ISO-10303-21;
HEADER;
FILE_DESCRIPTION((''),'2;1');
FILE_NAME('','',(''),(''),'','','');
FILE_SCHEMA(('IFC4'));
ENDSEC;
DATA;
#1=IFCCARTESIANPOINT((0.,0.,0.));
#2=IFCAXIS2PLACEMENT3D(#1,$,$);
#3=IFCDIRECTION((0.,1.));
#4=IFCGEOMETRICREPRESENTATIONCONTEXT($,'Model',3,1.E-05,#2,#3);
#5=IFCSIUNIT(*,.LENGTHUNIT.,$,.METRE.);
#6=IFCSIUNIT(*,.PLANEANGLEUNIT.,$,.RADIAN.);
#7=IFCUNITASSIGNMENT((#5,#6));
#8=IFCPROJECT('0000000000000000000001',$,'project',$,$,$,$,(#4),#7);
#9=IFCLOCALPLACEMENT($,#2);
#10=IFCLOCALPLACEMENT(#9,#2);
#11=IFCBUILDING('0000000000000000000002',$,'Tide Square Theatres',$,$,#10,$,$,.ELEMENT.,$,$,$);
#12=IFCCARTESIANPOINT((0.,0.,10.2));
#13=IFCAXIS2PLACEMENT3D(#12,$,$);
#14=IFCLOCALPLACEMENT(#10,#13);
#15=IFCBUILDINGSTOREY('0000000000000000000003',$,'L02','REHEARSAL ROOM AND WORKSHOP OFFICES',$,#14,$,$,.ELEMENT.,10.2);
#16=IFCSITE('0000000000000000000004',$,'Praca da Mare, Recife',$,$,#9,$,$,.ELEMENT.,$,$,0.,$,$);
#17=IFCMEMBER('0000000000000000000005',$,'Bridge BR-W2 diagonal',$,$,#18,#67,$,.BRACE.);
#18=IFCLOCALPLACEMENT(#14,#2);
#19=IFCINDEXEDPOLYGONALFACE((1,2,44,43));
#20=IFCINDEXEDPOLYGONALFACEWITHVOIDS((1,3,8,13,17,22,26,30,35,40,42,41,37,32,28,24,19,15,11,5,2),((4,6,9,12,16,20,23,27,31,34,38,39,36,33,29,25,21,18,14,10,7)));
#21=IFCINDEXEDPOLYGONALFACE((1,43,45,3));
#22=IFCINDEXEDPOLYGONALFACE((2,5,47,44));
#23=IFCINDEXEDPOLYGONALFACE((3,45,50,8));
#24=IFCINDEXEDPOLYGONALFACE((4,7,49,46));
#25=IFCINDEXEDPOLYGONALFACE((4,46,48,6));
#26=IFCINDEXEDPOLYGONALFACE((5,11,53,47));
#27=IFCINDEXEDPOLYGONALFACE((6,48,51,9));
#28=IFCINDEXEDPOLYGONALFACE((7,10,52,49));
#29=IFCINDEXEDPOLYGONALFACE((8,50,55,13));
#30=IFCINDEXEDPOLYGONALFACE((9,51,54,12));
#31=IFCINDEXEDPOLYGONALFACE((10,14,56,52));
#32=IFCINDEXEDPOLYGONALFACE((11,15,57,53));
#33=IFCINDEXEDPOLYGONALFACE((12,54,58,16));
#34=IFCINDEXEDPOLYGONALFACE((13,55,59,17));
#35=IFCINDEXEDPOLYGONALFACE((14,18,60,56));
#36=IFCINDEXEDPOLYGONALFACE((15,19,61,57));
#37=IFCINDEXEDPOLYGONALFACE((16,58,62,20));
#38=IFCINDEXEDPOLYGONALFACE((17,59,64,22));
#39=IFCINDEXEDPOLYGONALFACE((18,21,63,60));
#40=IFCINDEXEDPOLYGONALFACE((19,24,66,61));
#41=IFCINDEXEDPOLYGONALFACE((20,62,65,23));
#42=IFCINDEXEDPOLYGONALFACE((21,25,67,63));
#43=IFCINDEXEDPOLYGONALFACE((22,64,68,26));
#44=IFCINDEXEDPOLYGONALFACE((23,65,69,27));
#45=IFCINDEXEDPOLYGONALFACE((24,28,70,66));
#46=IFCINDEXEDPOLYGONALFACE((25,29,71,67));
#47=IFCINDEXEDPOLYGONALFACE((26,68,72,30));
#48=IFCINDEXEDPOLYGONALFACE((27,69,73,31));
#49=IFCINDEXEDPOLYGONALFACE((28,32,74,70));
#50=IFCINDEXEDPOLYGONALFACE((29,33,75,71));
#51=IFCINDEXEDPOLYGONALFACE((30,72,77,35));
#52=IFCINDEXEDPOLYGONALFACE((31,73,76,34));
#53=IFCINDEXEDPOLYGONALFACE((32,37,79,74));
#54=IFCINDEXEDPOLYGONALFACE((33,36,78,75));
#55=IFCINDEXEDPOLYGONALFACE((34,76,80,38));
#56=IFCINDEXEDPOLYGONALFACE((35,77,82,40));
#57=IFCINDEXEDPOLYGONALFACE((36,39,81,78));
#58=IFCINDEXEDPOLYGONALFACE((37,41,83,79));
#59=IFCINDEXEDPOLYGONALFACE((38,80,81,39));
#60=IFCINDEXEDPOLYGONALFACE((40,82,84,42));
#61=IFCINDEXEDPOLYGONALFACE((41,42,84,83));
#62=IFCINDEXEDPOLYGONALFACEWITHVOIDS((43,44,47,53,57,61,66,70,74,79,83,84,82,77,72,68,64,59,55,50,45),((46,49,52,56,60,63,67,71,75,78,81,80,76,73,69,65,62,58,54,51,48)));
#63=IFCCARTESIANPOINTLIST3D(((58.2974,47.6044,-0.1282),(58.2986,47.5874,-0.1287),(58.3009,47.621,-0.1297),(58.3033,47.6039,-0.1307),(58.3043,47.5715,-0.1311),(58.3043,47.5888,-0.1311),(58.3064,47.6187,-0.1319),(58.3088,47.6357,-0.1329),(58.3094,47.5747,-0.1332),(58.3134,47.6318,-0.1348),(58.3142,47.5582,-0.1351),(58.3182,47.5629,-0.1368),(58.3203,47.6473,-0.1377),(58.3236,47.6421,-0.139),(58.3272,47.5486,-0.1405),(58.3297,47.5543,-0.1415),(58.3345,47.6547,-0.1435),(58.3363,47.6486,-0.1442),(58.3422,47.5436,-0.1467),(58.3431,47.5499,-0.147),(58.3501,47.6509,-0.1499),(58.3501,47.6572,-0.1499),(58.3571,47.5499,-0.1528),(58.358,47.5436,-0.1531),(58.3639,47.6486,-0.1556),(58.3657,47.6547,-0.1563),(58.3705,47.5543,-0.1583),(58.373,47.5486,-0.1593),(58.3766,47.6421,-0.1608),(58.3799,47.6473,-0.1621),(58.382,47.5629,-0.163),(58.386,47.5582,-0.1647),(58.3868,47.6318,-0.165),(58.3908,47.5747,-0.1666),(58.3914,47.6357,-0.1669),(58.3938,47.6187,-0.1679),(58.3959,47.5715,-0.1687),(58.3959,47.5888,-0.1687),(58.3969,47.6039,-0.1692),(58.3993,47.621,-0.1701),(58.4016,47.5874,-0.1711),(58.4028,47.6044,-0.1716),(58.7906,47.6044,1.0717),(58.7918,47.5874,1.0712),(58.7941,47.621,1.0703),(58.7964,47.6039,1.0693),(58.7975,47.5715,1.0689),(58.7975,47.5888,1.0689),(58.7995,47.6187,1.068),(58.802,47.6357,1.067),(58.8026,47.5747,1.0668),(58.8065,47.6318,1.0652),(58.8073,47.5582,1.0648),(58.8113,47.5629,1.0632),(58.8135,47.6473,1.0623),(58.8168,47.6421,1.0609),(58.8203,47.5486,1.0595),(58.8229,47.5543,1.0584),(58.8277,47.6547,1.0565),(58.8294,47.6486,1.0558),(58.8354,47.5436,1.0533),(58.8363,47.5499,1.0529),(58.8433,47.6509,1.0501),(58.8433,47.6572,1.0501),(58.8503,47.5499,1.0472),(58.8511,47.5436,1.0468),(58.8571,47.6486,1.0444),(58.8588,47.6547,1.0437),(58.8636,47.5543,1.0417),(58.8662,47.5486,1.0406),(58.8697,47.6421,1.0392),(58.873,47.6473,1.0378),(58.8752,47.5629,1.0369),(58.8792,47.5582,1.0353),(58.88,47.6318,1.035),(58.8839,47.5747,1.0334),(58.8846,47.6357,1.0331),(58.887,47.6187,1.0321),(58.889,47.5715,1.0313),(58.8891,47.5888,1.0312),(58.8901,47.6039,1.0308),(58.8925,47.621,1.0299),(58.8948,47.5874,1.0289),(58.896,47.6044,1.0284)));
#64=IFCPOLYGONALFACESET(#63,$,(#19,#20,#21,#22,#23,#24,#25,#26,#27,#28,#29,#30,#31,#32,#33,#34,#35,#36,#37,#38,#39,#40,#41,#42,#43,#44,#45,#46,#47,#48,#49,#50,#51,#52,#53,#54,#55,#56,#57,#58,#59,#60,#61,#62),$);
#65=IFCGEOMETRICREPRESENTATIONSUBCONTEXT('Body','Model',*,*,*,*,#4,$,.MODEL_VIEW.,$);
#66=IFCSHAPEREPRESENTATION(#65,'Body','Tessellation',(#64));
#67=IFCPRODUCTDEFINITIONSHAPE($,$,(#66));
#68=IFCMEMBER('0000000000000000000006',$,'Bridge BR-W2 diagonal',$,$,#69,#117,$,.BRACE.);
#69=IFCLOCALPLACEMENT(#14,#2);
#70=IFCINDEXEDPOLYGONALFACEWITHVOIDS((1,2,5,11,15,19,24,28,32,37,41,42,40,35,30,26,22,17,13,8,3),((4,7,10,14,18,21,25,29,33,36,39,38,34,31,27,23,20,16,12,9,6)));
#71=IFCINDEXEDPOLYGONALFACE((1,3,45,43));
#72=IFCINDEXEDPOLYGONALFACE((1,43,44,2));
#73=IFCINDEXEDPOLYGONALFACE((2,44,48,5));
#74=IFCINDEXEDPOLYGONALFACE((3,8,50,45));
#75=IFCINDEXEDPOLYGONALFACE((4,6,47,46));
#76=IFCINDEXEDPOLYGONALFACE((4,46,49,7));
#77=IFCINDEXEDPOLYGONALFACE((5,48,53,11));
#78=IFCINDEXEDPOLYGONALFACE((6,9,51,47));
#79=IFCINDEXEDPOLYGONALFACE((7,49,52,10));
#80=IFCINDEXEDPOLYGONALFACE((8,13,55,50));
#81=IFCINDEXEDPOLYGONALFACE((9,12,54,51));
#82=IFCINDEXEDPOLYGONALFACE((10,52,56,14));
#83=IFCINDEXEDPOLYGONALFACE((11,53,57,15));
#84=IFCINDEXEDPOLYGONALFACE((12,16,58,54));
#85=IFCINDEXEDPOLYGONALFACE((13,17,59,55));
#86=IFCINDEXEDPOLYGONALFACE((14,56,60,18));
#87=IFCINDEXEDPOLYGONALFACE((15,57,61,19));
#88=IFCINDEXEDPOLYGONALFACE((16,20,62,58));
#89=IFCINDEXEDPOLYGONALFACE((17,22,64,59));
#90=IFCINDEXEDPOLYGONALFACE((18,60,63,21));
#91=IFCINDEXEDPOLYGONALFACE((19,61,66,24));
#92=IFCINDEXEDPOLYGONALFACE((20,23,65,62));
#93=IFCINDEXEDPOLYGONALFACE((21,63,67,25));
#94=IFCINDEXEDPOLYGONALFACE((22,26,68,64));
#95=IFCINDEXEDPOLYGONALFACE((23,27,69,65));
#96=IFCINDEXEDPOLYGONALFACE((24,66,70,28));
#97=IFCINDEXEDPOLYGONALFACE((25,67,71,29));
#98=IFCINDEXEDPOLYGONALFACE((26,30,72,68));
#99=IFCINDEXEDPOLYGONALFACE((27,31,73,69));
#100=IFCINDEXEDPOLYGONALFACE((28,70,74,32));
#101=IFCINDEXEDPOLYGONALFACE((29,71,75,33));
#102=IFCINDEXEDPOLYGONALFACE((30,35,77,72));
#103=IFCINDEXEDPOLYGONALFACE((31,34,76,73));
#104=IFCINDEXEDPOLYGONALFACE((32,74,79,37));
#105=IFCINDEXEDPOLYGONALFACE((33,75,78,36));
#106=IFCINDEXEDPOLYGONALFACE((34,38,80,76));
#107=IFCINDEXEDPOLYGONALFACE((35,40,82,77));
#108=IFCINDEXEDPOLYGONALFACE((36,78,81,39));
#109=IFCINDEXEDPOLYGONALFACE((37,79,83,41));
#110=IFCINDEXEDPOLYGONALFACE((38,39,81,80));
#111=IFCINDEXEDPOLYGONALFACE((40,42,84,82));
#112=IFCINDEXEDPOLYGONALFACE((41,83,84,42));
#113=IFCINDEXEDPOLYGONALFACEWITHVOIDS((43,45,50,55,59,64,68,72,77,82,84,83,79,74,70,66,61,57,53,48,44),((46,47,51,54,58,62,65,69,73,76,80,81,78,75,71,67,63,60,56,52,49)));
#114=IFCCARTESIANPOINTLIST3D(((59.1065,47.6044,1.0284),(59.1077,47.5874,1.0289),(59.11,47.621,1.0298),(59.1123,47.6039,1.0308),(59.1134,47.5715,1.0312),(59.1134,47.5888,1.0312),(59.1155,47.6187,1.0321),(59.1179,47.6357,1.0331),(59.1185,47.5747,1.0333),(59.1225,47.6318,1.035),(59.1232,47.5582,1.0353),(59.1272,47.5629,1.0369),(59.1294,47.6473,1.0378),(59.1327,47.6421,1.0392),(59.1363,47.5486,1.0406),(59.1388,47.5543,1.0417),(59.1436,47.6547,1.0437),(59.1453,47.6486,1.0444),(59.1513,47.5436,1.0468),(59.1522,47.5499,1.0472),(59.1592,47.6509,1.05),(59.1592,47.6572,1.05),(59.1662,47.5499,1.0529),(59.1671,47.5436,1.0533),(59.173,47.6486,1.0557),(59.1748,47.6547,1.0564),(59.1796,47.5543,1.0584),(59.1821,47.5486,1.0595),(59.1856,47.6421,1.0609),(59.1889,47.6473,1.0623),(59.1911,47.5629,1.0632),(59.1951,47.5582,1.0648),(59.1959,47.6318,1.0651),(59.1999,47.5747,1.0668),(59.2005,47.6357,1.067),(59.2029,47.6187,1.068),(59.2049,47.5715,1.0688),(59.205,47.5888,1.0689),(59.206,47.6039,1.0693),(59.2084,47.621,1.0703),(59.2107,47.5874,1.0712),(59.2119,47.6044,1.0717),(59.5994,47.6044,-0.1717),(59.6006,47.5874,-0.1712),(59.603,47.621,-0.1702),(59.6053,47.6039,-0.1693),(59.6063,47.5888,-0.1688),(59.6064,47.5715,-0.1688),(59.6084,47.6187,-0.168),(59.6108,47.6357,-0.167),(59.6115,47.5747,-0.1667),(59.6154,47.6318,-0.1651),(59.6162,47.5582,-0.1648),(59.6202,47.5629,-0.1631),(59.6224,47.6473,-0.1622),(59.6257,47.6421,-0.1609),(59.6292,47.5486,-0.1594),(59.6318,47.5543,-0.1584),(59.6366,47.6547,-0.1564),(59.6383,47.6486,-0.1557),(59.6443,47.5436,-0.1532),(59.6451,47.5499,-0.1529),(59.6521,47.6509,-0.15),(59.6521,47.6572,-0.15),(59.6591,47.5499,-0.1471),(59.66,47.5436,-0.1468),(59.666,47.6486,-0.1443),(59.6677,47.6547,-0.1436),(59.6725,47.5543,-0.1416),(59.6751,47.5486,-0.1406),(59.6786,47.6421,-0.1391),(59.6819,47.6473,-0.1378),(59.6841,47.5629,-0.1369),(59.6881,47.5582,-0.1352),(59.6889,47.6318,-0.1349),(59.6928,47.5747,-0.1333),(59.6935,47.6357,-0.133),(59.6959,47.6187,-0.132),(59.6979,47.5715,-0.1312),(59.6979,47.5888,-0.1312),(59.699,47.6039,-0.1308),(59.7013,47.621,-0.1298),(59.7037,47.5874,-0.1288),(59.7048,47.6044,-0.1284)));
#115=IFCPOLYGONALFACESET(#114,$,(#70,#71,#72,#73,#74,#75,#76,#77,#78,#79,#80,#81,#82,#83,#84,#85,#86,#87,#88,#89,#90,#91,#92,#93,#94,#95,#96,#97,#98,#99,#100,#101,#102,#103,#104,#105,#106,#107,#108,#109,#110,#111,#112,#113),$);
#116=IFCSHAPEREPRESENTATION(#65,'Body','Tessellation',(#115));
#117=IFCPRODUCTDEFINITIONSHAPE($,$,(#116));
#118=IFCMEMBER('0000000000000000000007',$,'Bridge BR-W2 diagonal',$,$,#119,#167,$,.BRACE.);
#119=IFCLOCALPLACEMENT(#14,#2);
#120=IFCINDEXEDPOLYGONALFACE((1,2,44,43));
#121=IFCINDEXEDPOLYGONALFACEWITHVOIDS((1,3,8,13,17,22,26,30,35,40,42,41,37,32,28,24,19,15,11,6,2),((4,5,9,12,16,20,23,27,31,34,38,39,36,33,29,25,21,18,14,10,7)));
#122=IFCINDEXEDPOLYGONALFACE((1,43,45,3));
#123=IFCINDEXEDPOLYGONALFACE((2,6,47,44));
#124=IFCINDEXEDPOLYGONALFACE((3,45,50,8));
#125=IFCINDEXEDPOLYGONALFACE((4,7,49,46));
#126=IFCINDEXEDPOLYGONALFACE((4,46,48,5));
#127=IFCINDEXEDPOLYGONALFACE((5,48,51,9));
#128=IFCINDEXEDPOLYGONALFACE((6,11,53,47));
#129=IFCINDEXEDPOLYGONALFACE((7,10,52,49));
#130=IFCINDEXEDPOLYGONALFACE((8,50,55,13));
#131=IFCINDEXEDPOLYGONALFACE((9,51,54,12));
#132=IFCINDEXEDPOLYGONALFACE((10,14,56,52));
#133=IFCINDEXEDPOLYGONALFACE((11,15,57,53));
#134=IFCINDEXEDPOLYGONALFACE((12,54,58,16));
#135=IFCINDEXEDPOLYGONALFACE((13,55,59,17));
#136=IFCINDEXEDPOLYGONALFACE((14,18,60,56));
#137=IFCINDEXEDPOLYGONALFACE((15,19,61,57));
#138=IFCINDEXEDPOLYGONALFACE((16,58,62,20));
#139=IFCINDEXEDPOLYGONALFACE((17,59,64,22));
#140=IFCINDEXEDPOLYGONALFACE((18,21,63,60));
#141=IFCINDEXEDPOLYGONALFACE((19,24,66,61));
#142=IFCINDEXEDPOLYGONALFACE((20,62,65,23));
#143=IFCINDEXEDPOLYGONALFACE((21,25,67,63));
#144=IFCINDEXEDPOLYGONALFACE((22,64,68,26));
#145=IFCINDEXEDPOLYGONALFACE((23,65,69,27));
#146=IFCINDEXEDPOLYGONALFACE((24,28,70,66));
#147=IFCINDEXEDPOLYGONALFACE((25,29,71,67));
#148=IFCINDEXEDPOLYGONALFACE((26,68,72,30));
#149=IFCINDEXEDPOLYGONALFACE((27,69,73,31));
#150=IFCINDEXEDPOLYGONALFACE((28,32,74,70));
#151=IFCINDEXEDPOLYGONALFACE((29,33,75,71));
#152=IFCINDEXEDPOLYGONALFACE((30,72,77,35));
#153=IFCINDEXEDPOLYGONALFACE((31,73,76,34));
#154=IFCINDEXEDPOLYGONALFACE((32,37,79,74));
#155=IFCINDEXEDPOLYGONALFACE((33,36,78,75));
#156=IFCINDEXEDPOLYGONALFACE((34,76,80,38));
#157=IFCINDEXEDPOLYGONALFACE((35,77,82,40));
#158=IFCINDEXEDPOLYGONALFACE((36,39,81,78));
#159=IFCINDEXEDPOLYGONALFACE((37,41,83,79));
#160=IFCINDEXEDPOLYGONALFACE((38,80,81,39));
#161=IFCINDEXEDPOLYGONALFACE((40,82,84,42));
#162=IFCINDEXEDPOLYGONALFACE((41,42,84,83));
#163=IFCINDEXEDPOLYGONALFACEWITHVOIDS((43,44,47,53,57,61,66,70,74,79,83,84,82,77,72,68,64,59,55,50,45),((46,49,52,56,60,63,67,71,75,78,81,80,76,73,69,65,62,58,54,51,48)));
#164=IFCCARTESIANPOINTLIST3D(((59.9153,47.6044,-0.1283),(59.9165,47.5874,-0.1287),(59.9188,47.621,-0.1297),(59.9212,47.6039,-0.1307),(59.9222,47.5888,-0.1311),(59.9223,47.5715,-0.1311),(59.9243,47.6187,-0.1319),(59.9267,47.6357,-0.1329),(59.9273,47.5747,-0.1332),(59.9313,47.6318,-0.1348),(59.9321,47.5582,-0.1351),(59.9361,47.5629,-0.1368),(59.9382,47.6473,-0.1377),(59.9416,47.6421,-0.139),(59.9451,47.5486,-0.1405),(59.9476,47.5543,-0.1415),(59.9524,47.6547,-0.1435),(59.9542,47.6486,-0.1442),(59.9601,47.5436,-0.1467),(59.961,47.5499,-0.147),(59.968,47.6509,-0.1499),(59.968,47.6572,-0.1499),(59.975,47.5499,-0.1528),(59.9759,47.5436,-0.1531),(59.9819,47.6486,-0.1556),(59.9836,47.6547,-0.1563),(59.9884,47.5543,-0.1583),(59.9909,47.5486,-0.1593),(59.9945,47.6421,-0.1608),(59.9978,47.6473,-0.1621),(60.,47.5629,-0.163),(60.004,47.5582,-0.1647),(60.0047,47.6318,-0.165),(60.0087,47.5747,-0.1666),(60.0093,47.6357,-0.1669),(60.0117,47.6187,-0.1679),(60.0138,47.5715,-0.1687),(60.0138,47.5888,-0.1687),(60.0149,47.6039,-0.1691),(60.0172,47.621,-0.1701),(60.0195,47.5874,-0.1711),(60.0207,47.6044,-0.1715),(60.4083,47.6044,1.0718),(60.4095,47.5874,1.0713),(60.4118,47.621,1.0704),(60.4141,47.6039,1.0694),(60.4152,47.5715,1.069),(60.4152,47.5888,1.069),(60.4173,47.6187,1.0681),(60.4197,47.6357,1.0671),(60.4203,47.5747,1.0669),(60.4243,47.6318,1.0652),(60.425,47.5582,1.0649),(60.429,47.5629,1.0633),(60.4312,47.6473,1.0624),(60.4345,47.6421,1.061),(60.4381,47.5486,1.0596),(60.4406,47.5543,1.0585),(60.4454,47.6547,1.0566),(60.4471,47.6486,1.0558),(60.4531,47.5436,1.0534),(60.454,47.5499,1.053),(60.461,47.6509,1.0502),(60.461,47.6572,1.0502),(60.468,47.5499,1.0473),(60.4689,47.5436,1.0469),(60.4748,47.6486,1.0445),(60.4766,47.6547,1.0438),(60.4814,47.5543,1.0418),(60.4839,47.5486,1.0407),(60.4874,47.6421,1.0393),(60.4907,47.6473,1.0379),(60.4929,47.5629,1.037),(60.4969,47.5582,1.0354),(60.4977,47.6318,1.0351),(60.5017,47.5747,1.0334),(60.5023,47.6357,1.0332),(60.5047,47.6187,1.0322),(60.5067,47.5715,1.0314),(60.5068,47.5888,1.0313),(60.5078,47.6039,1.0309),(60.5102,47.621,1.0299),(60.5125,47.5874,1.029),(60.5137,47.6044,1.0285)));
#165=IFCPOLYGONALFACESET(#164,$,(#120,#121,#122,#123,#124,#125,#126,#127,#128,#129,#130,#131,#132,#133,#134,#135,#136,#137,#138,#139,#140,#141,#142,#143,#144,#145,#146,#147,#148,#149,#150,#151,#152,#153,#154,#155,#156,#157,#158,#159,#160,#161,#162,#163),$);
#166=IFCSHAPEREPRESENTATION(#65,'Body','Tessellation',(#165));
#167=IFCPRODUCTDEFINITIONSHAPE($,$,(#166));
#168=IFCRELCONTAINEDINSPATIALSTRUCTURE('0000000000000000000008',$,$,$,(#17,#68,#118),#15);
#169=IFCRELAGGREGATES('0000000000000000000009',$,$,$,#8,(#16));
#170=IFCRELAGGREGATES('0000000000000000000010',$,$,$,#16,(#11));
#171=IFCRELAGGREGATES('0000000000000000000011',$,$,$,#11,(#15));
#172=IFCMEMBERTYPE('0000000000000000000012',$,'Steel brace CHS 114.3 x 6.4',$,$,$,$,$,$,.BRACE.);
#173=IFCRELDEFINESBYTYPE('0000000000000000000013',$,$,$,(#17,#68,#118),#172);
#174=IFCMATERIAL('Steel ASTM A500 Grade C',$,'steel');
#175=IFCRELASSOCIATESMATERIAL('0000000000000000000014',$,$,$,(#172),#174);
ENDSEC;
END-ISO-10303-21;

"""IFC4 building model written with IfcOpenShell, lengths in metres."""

from ifc_helpers import new_model, si_unit, direction, frame, origin, origin_2d, place, context, subcontext, project, spatial, hollow_circle, extrude, material, material_profile, profile_set, type_object, element, save


model = new_model("IFC4")

# Units and contexts
model_context = context("Model", 3, precision=1e-05, world=origin(), true_north=direction((0.0, 1.0)))
body_context = subcontext(model_context, "Body", "Model", "MODEL_VIEW")
ifc_project = project(units=[si_unit("LENGTHUNIT", "METRE"), si_unit("PLANEANGLEUNIT", "RADIAN")], contexts=[model_context])

# Site, building, storey
site_placement = place(None, origin())
site = spatial("IfcSite", under=ifc_project, at=site_placement, Name="Praca da Mare, Recife", CompositionType="ELEMENT", RefElevation=0.0)
building_placement = place(site_placement, origin())
building = spatial("IfcBuilding", under=site, at=building_placement, Name="Tide Square Theatres", CompositionType="ELEMENT")
storey_placement = place(building_placement, frame((0.0, 0.0, 10.2)))
storey = spatial("IfcBuildingStorey", under=building, at=storey_placement, Name="L02", Description="REHEARSAL ROOM AND WORKSHOP OFFICES", CompositionType="ELEMENT", Elevation=10.2)

# Members
ifc_material_1 = material(Name="Steel ASTM A500 Grade C", Category="steel")
ifc_material_profile_1 = material_profile(ifc_material_1, hollow_circle(Radius=0.0571, WallThickness=0.0063, at=origin_2d()))
ifc_profile_set_1 = profile_set([ifc_material_profile_1], Name="Steel ASTM A500 Grade C")
member_type_1 = type_object("IfcMemberType", Name="Steel brace CHS 114.3 x 6.4", PredefinedType="BRACE", material=ifc_profile_set_1)
for number, where, z_axis, x_axis, name in (
    (1, (58.3501, 47.6001, -0.1499), (0.380134, 0.0, 0.924931), (0.0, 1.0, 0.0), "Bridge BR-W2 diagonal"),
    (2, (59.1592, 47.6001, 1.05), (0.379973, 0.0, -0.924997), (0.0, 1.0, 0.0), "Bridge BR-W2 diagonal"),
    (3, (59.968, 47.6001, -0.1499), (0.379973, 0.0, 0.924997), (0.0, 1.0, 0.0), "Bridge BR-W2 diagonal"),
):
    element("IfcMember", number, at=place(storey_placement, frame(where, z_axis=z_axis, x_axis=x_axis)), inside=storey, type_object=member_type_1, Name=name, PredefinedType="BRACE", context=body_context, shape_type="SweptSolid", body=[
        extrude(hollow_circle(Radius=0.0571, WallThickness=0.0063, at=origin_2d()), origin(), (0.0, 0.0, 1.0), 1.2974),
    ])

save(model, "model.ifc")
